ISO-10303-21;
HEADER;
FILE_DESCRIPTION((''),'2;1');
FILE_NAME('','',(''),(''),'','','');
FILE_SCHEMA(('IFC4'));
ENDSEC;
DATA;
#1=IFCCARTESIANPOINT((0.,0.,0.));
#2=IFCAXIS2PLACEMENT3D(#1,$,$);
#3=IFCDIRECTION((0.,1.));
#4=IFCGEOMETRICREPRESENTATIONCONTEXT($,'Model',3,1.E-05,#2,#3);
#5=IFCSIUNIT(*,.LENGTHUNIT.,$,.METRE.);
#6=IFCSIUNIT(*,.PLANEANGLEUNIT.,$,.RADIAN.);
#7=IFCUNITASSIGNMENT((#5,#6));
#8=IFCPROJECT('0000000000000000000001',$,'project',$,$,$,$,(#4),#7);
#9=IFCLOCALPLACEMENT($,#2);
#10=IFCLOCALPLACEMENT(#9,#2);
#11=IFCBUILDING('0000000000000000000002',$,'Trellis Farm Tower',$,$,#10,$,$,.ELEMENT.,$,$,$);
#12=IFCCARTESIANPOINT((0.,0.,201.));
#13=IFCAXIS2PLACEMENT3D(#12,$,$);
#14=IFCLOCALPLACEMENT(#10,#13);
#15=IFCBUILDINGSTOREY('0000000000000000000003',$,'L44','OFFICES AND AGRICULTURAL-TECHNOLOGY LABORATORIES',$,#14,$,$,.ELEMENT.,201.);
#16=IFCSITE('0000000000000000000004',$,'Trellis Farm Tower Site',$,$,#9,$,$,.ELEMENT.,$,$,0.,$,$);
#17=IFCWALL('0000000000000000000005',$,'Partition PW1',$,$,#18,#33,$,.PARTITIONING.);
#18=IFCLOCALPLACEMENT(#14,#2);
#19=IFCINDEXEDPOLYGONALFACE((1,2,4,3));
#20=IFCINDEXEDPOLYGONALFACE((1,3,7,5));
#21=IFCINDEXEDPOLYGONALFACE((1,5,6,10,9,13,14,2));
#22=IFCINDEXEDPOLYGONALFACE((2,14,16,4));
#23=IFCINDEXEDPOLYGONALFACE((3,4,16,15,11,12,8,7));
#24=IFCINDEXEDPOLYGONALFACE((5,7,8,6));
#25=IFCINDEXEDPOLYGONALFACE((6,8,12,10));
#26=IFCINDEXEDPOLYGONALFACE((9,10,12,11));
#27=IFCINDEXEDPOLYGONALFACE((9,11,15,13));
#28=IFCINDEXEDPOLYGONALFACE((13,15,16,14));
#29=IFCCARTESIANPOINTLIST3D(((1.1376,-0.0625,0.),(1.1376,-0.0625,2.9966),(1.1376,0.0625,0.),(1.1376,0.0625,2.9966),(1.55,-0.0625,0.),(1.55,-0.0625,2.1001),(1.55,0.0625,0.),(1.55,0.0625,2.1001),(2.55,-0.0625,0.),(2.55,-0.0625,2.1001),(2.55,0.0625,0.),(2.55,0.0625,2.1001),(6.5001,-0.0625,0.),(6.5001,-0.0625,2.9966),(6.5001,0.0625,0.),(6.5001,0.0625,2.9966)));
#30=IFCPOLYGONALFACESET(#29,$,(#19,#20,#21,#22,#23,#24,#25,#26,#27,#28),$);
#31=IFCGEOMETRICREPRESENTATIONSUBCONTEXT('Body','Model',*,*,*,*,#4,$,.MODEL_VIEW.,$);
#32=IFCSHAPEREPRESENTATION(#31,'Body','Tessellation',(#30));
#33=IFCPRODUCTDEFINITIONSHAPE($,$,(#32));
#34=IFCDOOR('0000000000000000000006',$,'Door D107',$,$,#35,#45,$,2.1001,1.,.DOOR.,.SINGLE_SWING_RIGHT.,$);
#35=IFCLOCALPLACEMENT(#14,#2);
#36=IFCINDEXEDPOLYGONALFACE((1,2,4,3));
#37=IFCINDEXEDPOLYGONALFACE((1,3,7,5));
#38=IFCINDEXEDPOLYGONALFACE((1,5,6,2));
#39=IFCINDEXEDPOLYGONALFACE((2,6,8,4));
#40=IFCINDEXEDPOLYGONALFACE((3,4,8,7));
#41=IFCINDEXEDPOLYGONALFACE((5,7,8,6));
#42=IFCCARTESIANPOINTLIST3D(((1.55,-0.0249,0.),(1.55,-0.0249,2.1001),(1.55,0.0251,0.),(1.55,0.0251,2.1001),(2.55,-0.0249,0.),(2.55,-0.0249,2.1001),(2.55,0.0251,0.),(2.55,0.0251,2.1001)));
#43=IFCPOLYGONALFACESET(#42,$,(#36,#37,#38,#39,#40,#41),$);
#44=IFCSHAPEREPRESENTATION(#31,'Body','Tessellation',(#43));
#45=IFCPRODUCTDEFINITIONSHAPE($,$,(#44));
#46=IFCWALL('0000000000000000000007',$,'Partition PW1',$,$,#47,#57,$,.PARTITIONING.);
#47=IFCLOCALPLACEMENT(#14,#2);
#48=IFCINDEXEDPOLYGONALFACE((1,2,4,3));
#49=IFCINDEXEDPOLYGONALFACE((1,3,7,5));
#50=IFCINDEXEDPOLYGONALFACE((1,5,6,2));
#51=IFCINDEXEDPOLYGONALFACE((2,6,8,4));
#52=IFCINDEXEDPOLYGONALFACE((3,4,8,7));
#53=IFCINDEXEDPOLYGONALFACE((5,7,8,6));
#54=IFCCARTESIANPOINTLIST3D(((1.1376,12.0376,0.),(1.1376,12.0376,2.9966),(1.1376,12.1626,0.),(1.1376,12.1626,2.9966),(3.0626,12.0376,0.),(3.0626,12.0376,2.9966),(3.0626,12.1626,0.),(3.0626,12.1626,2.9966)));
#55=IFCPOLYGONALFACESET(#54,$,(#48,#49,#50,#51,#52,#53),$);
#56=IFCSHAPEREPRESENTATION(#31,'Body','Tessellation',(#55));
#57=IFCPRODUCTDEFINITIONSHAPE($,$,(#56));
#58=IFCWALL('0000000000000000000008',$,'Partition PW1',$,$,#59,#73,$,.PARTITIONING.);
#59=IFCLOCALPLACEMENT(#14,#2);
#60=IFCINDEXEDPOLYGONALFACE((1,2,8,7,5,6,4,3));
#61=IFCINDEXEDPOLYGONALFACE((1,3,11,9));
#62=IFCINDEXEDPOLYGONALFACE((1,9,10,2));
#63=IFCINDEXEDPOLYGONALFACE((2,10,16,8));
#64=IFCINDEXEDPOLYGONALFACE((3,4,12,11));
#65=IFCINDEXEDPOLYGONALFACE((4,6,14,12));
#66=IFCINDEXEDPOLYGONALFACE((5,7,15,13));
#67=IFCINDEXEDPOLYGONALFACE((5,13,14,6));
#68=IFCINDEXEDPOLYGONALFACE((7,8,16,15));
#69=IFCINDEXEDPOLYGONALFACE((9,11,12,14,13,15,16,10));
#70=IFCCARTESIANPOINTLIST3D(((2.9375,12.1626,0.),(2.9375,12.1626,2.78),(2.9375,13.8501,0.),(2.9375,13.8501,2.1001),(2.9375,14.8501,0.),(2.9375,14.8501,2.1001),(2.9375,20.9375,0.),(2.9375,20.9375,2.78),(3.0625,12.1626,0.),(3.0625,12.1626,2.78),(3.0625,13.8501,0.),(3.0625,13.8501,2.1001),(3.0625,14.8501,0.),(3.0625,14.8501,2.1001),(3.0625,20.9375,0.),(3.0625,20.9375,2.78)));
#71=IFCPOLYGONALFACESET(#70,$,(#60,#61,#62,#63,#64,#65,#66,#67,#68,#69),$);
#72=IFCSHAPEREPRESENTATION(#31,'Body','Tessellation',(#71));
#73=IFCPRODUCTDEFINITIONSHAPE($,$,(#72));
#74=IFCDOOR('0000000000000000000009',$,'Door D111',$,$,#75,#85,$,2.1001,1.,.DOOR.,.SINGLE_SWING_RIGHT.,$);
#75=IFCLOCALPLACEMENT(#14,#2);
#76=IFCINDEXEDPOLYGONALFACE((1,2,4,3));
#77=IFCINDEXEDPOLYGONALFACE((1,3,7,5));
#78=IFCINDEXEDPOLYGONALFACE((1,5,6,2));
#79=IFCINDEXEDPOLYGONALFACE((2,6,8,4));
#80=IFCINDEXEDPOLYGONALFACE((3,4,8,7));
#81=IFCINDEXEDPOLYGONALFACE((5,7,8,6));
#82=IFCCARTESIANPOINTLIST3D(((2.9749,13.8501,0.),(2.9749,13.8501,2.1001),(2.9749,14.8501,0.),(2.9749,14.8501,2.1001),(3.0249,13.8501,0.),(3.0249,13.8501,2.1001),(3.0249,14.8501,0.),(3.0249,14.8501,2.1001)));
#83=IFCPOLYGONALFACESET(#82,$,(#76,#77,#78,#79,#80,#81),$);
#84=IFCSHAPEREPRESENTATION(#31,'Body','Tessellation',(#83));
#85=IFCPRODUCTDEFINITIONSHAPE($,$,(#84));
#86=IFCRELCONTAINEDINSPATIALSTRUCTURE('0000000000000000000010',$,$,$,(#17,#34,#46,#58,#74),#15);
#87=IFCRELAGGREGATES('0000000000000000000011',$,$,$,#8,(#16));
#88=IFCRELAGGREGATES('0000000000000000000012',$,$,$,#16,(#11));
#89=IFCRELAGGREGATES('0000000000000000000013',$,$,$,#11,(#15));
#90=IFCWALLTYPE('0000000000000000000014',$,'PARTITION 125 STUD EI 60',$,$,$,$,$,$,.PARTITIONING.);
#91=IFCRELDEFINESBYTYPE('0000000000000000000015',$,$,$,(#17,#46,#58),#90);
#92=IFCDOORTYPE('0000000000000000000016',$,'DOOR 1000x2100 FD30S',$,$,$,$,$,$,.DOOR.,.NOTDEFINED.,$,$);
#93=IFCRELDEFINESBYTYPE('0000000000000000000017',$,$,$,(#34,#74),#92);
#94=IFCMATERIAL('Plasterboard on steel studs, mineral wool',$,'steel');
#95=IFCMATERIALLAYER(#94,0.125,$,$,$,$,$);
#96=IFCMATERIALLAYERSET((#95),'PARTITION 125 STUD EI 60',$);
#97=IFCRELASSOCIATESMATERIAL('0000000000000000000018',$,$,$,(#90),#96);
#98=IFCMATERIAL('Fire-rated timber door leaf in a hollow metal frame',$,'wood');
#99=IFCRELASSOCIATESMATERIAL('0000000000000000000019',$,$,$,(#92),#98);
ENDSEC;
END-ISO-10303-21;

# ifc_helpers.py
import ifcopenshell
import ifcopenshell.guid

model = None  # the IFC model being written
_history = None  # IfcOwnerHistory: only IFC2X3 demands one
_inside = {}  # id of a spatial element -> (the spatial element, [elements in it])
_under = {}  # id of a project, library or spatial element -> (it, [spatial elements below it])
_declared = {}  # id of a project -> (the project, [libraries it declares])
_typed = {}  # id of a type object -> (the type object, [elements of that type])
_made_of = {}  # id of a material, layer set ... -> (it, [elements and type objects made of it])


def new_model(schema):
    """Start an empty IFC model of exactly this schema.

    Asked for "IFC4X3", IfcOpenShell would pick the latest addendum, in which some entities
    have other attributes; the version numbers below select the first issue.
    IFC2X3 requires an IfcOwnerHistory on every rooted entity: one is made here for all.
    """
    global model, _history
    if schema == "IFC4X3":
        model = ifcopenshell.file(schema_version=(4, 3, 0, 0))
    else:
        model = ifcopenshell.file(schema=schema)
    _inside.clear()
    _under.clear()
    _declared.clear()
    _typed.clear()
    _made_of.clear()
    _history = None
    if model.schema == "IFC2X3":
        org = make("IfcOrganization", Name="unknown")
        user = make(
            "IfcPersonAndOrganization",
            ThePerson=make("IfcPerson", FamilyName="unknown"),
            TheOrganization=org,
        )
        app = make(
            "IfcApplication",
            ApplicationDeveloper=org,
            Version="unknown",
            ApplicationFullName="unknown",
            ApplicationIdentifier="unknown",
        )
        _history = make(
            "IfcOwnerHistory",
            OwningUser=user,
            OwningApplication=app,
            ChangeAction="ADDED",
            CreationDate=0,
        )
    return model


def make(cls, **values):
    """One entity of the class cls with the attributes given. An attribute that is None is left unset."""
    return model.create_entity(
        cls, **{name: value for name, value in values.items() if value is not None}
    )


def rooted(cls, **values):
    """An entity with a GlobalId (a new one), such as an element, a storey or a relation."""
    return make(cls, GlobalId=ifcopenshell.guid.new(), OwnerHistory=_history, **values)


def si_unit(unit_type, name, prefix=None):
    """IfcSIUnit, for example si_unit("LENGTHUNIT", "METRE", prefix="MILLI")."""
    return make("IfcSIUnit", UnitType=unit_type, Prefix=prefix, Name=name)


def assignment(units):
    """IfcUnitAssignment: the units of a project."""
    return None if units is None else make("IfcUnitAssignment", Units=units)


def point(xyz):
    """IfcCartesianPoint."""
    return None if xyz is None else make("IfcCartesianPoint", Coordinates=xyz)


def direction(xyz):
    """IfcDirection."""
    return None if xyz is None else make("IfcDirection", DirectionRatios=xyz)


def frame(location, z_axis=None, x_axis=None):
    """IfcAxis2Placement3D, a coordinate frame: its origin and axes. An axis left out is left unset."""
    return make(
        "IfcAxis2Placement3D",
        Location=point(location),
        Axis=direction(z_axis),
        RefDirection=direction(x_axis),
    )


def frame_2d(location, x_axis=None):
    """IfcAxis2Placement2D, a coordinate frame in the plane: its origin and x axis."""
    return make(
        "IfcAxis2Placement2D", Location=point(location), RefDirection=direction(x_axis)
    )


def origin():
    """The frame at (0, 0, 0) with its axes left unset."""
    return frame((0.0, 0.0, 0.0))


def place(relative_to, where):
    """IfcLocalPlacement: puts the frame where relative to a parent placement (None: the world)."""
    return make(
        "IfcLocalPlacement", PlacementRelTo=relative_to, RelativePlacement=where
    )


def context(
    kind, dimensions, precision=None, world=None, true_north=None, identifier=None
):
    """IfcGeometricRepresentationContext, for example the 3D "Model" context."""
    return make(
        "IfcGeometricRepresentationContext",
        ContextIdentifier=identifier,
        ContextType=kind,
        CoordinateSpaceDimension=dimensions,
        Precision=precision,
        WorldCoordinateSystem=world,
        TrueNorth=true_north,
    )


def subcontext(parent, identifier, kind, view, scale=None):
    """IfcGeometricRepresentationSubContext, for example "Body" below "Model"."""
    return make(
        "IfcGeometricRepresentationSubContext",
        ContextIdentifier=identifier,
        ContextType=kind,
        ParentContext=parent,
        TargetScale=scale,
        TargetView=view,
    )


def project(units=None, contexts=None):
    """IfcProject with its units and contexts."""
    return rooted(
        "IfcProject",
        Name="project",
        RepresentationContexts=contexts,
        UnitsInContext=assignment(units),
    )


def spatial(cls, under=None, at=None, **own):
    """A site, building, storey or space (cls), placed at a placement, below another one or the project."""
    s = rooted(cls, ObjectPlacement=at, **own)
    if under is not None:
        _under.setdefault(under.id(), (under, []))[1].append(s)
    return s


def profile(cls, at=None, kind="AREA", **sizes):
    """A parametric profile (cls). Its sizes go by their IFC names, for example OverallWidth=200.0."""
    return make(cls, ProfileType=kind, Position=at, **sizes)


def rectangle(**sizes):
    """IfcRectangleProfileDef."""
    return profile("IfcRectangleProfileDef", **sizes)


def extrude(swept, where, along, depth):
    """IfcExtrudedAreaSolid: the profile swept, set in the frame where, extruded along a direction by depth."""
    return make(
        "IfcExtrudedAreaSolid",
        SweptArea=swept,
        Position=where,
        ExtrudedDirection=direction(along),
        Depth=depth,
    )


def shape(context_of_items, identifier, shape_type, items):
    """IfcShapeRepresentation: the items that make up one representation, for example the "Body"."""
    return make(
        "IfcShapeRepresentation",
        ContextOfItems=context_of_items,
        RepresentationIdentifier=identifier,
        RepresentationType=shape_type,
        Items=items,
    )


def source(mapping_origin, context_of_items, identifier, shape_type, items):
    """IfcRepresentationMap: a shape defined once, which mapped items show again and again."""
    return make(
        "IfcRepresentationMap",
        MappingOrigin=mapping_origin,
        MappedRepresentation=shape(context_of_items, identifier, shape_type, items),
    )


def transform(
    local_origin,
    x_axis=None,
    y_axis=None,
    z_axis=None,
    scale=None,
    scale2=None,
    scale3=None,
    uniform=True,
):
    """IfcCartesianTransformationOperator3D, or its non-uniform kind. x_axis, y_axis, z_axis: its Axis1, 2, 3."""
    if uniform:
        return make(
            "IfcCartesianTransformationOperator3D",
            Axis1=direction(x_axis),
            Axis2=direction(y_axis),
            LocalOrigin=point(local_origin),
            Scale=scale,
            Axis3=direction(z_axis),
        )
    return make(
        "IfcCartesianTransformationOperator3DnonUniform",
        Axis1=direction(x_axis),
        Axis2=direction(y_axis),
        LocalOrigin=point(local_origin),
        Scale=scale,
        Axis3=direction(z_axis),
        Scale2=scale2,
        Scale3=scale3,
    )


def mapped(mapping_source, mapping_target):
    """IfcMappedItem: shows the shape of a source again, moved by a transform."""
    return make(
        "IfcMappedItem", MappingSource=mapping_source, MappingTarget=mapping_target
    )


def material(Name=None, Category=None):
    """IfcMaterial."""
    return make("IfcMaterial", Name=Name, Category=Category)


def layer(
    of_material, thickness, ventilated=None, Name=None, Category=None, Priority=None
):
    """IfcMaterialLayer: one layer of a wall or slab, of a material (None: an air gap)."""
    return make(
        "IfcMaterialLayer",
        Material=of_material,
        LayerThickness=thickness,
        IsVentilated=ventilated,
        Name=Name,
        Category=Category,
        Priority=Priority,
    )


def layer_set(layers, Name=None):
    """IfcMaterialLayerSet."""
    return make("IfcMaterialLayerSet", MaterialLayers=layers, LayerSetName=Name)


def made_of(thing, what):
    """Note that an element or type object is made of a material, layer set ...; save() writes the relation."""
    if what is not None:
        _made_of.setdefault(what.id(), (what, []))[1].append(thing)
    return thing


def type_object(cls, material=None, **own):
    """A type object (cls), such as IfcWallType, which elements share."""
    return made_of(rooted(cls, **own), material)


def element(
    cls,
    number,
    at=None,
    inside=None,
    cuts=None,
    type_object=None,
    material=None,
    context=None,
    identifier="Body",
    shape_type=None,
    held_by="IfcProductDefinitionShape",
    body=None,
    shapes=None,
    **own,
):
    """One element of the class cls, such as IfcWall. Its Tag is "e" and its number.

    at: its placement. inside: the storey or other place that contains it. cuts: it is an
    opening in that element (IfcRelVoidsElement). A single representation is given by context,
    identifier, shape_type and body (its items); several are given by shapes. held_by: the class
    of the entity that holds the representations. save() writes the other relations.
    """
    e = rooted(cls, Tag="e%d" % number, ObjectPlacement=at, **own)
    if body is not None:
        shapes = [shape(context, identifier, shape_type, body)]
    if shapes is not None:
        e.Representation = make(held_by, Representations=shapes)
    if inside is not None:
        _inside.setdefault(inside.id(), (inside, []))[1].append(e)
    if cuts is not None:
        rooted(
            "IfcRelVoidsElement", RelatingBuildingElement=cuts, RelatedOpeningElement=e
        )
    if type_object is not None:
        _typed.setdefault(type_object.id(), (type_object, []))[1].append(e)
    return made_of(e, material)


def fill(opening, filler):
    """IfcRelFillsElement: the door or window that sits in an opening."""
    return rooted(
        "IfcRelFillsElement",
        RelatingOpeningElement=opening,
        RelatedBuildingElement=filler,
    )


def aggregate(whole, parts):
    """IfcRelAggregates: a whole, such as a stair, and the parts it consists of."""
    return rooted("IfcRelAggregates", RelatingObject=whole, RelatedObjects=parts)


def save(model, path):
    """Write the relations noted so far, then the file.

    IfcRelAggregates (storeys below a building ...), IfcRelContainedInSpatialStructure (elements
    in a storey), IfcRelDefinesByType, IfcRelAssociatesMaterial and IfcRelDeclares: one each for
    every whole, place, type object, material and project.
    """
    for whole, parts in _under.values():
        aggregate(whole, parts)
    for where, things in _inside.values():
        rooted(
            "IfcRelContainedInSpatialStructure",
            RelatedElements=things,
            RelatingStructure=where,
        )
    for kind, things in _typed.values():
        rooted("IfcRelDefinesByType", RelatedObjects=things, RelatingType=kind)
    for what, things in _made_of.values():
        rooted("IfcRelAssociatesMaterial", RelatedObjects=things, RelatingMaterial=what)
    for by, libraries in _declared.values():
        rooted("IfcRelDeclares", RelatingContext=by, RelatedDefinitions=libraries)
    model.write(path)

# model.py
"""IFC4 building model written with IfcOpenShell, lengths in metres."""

from ifc_helpers import new_model, si_unit, direction, frame, frame_2d, origin, place, context, subcontext, project, spatial, rectangle, extrude, source, transform, mapped, material, layer, layer_set, type_object, element, fill, save


model = new_model("IFC4")

# Units and contexts
model_context = context("Model", 3, precision=1e-05, world=origin(), true_north=direction((0.0, 1.0)))
body_context = subcontext(model_context, "Body", "Model", "MODEL_VIEW")
ifc_project = project(units=[si_unit("LENGTHUNIT", "METRE"), si_unit("PLANEANGLEUNIT", "RADIAN")], contexts=[model_context])

# Site, building, storey
site_placement = place(None, origin())
site = spatial("IfcSite", under=ifc_project, at=site_placement, Name="Trellis Farm Tower Site", CompositionType="ELEMENT", RefElevation=0.0)
building_placement = place(site_placement, origin())
building = spatial("IfcBuilding", under=site, at=building_placement, Name="Trellis Farm Tower", CompositionType="ELEMENT")
storey_placement = place(building_placement, frame((0.0, 0.0, 201.0)))
storey = spatial("IfcBuildingStorey", under=building, at=storey_placement, Name="L44", Description="OFFICES AND AGRICULTURAL-TECHNOLOGY LABORATORIES", CompositionType="ELEMENT", Elevation=201.0)

# Shared definitions
ifc_material_1 = material(Name="Plasterboard on steel studs, mineral wool", Category="steel")
ifc_layer_1 = layer(ifc_material_1, 0.125)
ifc_layer_set_1 = layer_set([ifc_layer_1], Name="PARTITION 125 STUD EI 60")
wall_type_1 = type_object("IfcWallType", Name="PARTITION 125 STUD EI 60", PredefinedType="PARTITIONING", material=ifc_layer_set_1)

# Wall, opening, door
shared_shape_1 = source(origin(), body_context, "Body", "SweptSolid", [
    extrude(rectangle(XDim=5.3625, YDim=0.125, at=frame_2d((2.6812, 0.0))), origin(), (0.0, 0.0, 1.0), 2.9966),
])
wall_1_placement = place(storey_placement, frame((6.5, 0.0, 0.0), z_axis=(0.0, 0.0, 1.0), x_axis=(-1.0, 0.0, 0.0)))
wall_1 = element("IfcWall", 1, at=wall_1_placement, inside=storey, type_object=wall_type_1, Name="Partition PW1", PredefinedType="PARTITIONING", context=body_context, shape_type="MappedRepresentation", body=[
    mapped(shared_shape_1, transform((0.0, 0.0, 0.0))),
])
shared_shape_2 = source(origin(), body_context, "Body", "SweptSolid", [
    extrude(rectangle(XDim=1.0, YDim=2.1001, at=frame_2d((0.5, 1.05))), frame((0.0, 0.0725, 0.0), z_axis=(0.0, -1.0, 0.0), x_axis=(1.0, 0.0, 0.0)), (0.0, 0.0, 1.0), 0.145),
])
opening_1_placement = place(wall_1_placement, frame((3.95, 0.0, 0.0)))
opening_1 = element("IfcOpeningElement", 2, at=opening_1_placement, cuts=wall_1, PredefinedType="OPENING", context=body_context, shape_type="MappedRepresentation", body=[
    mapped(shared_shape_2, transform((0.0, 0.0, 0.0))),
])
ifc_material_2 = material(Name="Fire-rated timber door leaf in a hollow metal frame", Category="wood")
door_type_1 = type_object("IfcDoorType", Name="DOOR 1000x2100 FD30S", OperationType="NOTDEFINED", PredefinedType="DOOR", material=ifc_material_2)
shared_shape_3 = source(origin(), body_context, "Body", "SweptSolid", [
    extrude(rectangle(XDim=1.0, YDim=2.1001, at=frame_2d((0.5, 1.05))), frame((0.0, 0.0249, 0.0), z_axis=(0.0, -1.0, 0.0), x_axis=(1.0, 0.0, 0.0)), (0.0, 0.0, 1.0), 0.05),
])
door_1_placement = place(opening_1_placement, origin())
door_1 = element("IfcDoor", 3, at=door_1_placement, inside=storey, type_object=door_type_1, Name="Door D107", OperationType="SINGLE_SWING_RIGHT", OverallHeight=2.1001, OverallWidth=1.0, PredefinedType="DOOR", context=body_context, shape_type="MappedRepresentation", body=[
    mapped(shared_shape_3, transform((0.0, 0.0, 0.0))),
])
fill(opening_1, door_1)

# Wall
shared_shape_4 = source(origin(), body_context, "Body", "SweptSolid", [
    extrude(rectangle(XDim=1.925, YDim=0.125, at=frame_2d((0.9624, 0.0))), origin(), (0.0, 0.0, 1.0), 2.9966),
])
wall_2_placement = place(storey_placement, frame((3.0625, 12.1001, 0.0), z_axis=(0.0, 0.0, 1.0), x_axis=(-1.0, 0.0, 0.0)))
element("IfcWall", 4, at=wall_2_placement, inside=storey, type_object=wall_type_1, Name="Partition PW1", PredefinedType="PARTITIONING", context=body_context, shape_type="MappedRepresentation", body=[
    mapped(shared_shape_4, transform((0.0, 0.0, 0.0))),
])

# Wall, opening, door
shared_shape_5 = source(origin(), body_context, "Body", "SweptSolid", [
    extrude(rectangle(XDim=8.7749, YDim=0.125, at=frame_2d((4.3875, 0.0))), origin(), (0.0, 0.0, 1.0), 2.78),
])
wall_3_placement = place(storey_placement, frame((3.0, 20.9375, 0.0), z_axis=(0.0, 0.0, 1.0), x_axis=(0.0, -1.0, 0.0)))
wall_3 = element("IfcWall", 5, at=wall_3_placement, inside=storey, type_object=wall_type_1, Name="Partition PW1", PredefinedType="PARTITIONING", context=body_context, shape_type="MappedRepresentation", body=[
    mapped(shared_shape_5, transform((0.0, 0.0, 0.0))),
])
opening_2_placement = place(wall_3_placement, frame((6.0874, 0.0, 0.0)))
opening_2 = element("IfcOpeningElement", 6, at=opening_2_placement, cuts=wall_3, PredefinedType="OPENING", context=body_context, shape_type="MappedRepresentation", body=[
    mapped(shared_shape_2, transform((0.0, 0.0, 0.0))),
])
door_2_placement = place(opening_2_placement, origin())
door_2 = element("IfcDoor", 7, at=door_2_placement, inside=storey, type_object=door_type_1, Name="Door D111", OperationType="SINGLE_SWING_RIGHT", OverallHeight=2.1001, OverallWidth=1.0, PredefinedType="DOOR", context=body_context, shape_type="MappedRepresentation", body=[
    mapped(shared_shape_3, transform((0.0, 0.0, 0.0))),
])
fill(opening_2, door_2)

save(model, "model.ifc")
